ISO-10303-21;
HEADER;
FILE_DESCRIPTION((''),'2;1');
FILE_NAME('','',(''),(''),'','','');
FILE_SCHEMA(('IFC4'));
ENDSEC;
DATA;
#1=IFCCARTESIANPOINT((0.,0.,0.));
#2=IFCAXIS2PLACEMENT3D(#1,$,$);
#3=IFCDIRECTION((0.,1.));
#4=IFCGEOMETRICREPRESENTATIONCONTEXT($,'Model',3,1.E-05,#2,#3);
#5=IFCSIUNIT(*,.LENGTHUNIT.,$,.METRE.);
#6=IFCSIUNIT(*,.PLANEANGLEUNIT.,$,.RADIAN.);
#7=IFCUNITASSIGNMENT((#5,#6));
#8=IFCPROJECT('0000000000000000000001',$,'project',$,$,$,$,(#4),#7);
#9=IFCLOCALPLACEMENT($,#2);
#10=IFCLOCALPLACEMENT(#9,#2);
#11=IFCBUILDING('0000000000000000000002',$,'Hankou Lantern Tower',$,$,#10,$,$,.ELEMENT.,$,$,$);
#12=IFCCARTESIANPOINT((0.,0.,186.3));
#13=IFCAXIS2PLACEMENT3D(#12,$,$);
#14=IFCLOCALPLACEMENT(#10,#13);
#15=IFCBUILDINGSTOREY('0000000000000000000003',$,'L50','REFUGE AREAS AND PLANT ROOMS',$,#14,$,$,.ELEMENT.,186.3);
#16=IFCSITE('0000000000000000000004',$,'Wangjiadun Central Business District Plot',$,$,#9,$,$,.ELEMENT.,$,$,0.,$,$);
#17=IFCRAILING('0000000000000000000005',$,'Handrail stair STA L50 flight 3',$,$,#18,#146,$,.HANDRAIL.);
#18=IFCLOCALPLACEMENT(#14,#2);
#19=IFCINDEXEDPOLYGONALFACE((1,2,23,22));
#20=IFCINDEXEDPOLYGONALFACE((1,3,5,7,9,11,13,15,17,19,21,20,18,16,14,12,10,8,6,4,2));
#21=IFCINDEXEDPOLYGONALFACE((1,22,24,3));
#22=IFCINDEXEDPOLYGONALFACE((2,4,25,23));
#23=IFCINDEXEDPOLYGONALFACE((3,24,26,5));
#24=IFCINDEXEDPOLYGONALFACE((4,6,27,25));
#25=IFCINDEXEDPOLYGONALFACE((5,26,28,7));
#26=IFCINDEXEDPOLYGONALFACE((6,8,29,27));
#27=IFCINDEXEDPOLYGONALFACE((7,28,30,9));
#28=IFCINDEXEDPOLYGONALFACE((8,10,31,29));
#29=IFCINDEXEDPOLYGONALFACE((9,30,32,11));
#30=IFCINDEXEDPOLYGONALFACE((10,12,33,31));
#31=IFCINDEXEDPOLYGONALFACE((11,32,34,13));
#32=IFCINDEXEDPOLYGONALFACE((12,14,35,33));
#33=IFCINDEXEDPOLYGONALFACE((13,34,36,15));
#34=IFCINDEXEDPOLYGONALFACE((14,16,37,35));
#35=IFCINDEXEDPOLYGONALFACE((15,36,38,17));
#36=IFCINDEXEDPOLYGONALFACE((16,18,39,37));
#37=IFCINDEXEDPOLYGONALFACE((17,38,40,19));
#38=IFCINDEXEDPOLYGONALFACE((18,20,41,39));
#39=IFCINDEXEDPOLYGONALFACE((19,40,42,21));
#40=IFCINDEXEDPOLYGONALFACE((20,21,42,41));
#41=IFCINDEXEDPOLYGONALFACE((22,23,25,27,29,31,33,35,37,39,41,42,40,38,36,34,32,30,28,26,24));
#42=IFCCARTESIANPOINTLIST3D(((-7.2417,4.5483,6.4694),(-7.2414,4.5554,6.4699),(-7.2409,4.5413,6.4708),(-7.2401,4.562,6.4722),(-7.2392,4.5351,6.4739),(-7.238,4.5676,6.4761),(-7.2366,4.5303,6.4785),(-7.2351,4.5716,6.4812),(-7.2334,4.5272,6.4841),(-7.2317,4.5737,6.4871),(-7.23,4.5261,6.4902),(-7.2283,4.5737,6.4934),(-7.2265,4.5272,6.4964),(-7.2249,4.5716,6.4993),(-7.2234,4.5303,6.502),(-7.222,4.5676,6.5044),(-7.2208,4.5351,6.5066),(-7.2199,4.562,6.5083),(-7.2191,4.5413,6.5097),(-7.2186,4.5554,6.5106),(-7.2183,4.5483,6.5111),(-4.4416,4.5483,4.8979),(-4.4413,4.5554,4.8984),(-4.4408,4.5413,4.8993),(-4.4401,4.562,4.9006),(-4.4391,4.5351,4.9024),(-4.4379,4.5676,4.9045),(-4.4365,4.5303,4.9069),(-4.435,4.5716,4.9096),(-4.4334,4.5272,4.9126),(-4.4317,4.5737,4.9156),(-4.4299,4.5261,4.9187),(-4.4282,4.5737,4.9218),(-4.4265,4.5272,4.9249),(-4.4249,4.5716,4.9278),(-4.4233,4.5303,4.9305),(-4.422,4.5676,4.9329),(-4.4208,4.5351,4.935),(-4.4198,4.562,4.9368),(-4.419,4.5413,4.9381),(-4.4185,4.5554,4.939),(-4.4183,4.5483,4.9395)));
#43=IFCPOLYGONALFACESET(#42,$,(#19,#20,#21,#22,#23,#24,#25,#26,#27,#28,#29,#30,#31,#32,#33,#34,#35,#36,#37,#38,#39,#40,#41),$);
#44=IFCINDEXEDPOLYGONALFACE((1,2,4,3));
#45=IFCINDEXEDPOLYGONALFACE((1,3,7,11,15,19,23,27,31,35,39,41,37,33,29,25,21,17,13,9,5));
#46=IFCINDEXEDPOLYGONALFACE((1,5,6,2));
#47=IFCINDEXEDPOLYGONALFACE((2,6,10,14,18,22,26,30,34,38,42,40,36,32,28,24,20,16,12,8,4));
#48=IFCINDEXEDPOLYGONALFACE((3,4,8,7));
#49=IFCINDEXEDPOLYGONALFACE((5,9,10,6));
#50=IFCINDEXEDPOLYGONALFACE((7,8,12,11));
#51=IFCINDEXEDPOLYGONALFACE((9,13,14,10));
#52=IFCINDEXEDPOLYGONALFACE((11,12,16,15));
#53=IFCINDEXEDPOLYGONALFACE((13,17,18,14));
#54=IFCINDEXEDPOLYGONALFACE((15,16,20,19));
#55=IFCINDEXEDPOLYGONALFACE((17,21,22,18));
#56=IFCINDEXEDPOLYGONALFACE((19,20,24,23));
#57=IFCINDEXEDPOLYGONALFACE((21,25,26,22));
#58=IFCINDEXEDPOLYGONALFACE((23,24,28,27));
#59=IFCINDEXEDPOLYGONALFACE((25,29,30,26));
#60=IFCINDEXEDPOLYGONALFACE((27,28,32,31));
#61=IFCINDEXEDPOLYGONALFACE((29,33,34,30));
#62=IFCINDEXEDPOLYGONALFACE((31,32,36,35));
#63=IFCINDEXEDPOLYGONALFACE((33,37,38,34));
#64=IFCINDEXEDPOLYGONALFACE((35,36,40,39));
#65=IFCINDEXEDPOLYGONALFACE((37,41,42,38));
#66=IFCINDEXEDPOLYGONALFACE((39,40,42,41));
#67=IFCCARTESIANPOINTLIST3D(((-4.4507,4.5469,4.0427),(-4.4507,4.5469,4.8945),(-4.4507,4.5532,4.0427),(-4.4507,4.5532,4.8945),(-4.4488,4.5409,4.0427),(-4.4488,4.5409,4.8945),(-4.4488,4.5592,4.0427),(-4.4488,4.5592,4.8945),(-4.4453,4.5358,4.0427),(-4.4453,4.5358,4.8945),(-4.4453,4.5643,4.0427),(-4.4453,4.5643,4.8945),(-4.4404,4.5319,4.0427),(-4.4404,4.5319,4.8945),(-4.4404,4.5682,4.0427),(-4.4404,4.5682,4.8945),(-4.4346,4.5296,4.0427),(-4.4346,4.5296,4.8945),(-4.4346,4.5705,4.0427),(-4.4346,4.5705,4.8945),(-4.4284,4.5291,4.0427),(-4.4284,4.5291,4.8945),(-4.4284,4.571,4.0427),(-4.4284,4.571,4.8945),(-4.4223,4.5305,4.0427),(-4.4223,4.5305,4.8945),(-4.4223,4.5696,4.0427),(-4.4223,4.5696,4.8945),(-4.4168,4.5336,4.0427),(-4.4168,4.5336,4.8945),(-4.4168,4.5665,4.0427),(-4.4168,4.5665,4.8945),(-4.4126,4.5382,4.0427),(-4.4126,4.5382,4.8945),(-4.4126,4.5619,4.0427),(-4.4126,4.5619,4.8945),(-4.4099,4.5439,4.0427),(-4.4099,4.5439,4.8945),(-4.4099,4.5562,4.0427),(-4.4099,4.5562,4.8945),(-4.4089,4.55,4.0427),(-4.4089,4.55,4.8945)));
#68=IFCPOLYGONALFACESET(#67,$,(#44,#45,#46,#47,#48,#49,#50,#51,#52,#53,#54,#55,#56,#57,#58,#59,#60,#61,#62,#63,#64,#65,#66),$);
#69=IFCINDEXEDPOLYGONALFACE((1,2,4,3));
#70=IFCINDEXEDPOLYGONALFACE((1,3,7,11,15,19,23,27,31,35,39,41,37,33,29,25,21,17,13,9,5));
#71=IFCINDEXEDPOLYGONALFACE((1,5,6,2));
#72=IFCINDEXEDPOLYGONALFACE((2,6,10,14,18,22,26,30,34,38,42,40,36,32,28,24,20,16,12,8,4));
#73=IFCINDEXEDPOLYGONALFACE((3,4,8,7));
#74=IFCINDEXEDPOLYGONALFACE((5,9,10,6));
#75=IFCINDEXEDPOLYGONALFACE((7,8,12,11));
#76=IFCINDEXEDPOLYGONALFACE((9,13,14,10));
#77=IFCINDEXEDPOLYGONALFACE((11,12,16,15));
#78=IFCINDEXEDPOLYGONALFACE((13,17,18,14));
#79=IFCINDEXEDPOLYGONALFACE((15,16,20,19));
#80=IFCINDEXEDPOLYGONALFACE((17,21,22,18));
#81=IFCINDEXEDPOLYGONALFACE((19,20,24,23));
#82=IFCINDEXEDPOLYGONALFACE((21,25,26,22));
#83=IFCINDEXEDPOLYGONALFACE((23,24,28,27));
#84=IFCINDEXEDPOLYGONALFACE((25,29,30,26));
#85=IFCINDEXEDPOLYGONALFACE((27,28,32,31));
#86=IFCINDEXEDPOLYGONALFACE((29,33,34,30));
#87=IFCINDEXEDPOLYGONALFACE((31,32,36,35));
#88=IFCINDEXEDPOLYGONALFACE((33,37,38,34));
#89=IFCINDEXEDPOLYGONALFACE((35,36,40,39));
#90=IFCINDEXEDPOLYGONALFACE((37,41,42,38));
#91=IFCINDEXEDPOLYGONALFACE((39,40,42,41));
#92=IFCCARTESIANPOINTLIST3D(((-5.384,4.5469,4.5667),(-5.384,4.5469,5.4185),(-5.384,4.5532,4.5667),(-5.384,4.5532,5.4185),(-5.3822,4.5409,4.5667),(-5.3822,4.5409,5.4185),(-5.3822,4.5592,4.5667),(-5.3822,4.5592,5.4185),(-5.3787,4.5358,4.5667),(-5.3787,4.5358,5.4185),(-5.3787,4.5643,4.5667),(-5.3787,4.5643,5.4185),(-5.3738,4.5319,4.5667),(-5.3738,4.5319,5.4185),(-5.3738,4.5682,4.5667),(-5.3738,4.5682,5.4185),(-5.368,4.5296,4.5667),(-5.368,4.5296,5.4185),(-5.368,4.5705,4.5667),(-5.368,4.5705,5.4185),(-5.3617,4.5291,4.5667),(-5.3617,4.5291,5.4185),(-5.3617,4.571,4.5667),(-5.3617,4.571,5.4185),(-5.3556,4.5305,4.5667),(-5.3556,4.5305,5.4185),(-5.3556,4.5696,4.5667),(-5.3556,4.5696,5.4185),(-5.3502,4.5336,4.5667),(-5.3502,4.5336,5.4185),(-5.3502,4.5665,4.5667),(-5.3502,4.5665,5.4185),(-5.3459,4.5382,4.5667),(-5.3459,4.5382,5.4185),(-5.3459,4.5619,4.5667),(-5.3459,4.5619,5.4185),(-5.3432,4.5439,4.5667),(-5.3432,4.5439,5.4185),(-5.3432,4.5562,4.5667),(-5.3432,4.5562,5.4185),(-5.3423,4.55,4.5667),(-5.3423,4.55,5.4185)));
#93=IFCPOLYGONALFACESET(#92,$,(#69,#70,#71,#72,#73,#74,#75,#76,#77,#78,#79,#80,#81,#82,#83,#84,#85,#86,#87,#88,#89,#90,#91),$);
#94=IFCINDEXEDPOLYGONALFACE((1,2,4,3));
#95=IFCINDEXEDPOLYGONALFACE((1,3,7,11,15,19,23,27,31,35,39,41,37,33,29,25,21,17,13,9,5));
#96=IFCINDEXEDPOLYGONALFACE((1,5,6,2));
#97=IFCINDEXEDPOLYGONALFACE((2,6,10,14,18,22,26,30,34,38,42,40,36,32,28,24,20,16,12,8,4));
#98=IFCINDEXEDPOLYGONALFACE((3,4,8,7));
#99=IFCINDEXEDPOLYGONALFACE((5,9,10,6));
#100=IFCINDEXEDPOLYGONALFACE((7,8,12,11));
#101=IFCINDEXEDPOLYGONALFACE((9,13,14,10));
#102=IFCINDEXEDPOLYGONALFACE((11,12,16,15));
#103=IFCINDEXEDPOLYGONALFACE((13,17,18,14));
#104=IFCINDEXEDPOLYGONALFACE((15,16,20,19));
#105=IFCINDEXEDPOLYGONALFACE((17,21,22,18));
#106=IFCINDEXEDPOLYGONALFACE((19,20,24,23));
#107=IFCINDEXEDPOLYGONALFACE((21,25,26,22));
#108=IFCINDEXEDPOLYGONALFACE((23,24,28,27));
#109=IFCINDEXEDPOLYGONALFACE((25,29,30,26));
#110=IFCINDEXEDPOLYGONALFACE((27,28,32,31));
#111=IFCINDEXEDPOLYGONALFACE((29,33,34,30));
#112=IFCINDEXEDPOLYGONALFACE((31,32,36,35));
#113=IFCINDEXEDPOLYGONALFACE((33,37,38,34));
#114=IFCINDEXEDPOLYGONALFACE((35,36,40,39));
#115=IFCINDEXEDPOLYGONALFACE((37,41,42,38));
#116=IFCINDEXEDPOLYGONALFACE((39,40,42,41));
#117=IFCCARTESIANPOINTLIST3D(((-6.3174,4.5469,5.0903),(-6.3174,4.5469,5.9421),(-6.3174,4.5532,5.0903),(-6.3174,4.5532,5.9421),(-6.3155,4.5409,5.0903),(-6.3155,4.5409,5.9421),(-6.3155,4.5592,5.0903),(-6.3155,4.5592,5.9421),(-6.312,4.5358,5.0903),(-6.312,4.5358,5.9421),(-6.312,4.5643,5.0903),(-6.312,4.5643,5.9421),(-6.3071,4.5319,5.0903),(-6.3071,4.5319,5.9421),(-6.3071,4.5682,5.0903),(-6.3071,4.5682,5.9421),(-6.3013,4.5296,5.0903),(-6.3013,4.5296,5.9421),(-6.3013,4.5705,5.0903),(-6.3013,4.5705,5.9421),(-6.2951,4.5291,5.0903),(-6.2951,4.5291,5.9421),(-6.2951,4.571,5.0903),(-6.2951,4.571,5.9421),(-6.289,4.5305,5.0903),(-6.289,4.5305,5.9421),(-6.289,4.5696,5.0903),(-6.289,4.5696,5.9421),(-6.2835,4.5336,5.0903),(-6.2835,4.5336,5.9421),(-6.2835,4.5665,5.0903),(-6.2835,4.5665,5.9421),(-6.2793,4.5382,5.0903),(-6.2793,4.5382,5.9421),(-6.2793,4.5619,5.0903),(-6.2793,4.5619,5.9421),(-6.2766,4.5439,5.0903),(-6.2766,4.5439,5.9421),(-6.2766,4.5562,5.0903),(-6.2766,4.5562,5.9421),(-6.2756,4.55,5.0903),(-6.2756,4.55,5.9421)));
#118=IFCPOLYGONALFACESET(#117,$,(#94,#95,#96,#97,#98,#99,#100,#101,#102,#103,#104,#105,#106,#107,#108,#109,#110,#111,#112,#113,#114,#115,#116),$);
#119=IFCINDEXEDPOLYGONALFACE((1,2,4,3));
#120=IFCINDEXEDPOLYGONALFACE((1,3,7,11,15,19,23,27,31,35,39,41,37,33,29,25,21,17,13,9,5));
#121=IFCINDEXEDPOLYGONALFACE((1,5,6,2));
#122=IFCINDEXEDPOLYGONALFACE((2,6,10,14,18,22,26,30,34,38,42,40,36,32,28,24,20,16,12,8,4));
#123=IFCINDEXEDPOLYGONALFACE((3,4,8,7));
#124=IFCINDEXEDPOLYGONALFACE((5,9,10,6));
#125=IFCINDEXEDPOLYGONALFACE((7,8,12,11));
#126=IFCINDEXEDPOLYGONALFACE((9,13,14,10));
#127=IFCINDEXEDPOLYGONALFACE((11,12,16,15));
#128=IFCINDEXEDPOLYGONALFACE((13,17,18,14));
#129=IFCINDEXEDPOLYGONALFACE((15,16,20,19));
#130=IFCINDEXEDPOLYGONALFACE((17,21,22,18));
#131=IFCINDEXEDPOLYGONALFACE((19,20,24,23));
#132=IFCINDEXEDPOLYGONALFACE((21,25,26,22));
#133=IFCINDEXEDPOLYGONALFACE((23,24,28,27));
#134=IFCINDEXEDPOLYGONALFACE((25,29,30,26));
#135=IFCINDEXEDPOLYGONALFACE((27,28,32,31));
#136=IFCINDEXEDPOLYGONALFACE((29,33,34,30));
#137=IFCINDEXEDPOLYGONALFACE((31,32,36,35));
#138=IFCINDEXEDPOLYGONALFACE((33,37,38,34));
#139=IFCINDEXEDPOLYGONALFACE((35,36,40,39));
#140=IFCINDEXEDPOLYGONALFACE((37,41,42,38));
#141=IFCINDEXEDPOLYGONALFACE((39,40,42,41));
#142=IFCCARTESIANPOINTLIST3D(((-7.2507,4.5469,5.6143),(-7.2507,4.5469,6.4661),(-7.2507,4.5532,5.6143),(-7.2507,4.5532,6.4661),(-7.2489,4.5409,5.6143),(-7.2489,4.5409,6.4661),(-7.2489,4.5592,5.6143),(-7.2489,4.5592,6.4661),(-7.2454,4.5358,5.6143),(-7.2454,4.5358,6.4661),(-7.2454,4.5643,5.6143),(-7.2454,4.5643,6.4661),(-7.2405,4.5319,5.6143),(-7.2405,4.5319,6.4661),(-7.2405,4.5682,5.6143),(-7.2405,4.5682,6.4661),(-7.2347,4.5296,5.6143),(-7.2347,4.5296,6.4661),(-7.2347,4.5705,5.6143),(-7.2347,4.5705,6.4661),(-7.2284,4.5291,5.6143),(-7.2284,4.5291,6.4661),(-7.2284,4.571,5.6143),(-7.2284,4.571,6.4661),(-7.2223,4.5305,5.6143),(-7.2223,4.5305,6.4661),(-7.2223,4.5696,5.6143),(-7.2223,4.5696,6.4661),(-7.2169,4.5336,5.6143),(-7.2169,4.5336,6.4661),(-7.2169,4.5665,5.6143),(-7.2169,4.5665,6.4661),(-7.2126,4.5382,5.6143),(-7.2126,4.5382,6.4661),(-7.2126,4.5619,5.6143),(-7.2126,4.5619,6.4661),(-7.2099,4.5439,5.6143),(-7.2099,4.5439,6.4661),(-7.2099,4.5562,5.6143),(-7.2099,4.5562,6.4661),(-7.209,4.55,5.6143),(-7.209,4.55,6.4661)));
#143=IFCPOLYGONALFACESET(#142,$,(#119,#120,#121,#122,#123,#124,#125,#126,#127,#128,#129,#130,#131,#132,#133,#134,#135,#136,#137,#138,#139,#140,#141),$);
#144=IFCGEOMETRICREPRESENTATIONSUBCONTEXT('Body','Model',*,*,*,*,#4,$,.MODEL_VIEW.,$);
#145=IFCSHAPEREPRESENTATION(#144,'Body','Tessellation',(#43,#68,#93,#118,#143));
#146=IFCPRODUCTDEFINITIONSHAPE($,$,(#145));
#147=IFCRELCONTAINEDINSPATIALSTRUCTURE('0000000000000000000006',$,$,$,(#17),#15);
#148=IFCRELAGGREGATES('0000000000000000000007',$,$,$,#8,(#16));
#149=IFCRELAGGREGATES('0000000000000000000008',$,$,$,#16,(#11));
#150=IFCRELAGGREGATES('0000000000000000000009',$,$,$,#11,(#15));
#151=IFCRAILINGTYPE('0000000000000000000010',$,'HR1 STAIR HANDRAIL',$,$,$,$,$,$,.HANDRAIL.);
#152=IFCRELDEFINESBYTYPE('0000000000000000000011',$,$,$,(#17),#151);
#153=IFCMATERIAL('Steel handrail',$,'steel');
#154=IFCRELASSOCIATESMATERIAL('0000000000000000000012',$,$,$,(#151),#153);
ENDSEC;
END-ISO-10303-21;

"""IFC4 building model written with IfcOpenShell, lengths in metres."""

from ifc_helpers import new_model, si_unit, direction, frame, origin, origin_2d, place, context, subcontext, project, spatial, circle, extrude, material, type_object, element, save


model = new_model("IFC4")

# Units and contexts
model_context = context("Model", 3, precision=1e-05, world=origin(), true_north=direction((0.0, 1.0)))
body_context = subcontext(model_context, "Body", "Model", "MODEL_VIEW")
ifc_project = project(units=[si_unit("LENGTHUNIT", "METRE"), si_unit("PLANEANGLEUNIT", "RADIAN")], contexts=[model_context])

# Site, building, storey
site_placement = place(None, origin())
site = spatial("IfcSite", under=ifc_project, at=site_placement, Name="Wangjiadun Central Business District Plot", CompositionType="ELEMENT", RefElevation=0.0)
building_placement = place(site_placement, origin())
building = spatial("IfcBuilding", under=site, at=building_placement, Name="Hankou Lantern Tower", CompositionType="ELEMENT")
storey_placement = place(building_placement, frame((0.0, 0.0, 186.3)))
storey = spatial("IfcBuildingStorey", under=building, at=storey_placement, Name="L50", Description="REFUGE AREAS AND PLANT ROOMS", CompositionType="ELEMENT", Elevation=186.3)

# Railing
ifc_material_1 = material(Name="Steel handrail", Category="steel")
railing_type = type_object("IfcRailingType", Name="HR1 STAIR HANDRAIL", PredefinedType="HANDRAIL", material=ifc_material_1)
railing_1_placement = place(storey_placement, frame((-4.4299, 4.55, 4.0427)))
element("IfcRailing", 1, at=railing_1_placement, inside=storey, type_object=railing_type, Name="Handrail stair STA L50 flight 3", PredefinedType="HANDRAIL", context=body_context, shape_type="SweptSolid", body=[
    extrude(circle(Radius=0.0239, at=origin_2d()), frame((0.0, 0.0, 0.876), z_axis=(-0.87204, 0.0, 0.489434), x_axis=(0.0, -1.0, 0.0)), (0.0, 0.0, 1.0), 3.2109),
    extrude(circle(Radius=0.021, at=origin_2d()), origin(), (0.0, 0.0, 1.0), 0.8518),
    extrude(circle(Radius=0.021, at=origin_2d()), frame((-0.9333, 0.0, 0.5239)), (0.0, 0.0, 1.0), 0.8518),
    extrude(circle(Radius=0.021, at=origin_2d()), frame((-1.8667, 0.0, 1.0476)), (0.0, 0.0, 1.0), 0.8518),
    extrude(circle(Radius=0.021, at=origin_2d()), frame((-2.8, 0.0, 1.5715)), (0.0, 0.0, 1.0), 0.8518),
])

save(model, "model.ifc")
